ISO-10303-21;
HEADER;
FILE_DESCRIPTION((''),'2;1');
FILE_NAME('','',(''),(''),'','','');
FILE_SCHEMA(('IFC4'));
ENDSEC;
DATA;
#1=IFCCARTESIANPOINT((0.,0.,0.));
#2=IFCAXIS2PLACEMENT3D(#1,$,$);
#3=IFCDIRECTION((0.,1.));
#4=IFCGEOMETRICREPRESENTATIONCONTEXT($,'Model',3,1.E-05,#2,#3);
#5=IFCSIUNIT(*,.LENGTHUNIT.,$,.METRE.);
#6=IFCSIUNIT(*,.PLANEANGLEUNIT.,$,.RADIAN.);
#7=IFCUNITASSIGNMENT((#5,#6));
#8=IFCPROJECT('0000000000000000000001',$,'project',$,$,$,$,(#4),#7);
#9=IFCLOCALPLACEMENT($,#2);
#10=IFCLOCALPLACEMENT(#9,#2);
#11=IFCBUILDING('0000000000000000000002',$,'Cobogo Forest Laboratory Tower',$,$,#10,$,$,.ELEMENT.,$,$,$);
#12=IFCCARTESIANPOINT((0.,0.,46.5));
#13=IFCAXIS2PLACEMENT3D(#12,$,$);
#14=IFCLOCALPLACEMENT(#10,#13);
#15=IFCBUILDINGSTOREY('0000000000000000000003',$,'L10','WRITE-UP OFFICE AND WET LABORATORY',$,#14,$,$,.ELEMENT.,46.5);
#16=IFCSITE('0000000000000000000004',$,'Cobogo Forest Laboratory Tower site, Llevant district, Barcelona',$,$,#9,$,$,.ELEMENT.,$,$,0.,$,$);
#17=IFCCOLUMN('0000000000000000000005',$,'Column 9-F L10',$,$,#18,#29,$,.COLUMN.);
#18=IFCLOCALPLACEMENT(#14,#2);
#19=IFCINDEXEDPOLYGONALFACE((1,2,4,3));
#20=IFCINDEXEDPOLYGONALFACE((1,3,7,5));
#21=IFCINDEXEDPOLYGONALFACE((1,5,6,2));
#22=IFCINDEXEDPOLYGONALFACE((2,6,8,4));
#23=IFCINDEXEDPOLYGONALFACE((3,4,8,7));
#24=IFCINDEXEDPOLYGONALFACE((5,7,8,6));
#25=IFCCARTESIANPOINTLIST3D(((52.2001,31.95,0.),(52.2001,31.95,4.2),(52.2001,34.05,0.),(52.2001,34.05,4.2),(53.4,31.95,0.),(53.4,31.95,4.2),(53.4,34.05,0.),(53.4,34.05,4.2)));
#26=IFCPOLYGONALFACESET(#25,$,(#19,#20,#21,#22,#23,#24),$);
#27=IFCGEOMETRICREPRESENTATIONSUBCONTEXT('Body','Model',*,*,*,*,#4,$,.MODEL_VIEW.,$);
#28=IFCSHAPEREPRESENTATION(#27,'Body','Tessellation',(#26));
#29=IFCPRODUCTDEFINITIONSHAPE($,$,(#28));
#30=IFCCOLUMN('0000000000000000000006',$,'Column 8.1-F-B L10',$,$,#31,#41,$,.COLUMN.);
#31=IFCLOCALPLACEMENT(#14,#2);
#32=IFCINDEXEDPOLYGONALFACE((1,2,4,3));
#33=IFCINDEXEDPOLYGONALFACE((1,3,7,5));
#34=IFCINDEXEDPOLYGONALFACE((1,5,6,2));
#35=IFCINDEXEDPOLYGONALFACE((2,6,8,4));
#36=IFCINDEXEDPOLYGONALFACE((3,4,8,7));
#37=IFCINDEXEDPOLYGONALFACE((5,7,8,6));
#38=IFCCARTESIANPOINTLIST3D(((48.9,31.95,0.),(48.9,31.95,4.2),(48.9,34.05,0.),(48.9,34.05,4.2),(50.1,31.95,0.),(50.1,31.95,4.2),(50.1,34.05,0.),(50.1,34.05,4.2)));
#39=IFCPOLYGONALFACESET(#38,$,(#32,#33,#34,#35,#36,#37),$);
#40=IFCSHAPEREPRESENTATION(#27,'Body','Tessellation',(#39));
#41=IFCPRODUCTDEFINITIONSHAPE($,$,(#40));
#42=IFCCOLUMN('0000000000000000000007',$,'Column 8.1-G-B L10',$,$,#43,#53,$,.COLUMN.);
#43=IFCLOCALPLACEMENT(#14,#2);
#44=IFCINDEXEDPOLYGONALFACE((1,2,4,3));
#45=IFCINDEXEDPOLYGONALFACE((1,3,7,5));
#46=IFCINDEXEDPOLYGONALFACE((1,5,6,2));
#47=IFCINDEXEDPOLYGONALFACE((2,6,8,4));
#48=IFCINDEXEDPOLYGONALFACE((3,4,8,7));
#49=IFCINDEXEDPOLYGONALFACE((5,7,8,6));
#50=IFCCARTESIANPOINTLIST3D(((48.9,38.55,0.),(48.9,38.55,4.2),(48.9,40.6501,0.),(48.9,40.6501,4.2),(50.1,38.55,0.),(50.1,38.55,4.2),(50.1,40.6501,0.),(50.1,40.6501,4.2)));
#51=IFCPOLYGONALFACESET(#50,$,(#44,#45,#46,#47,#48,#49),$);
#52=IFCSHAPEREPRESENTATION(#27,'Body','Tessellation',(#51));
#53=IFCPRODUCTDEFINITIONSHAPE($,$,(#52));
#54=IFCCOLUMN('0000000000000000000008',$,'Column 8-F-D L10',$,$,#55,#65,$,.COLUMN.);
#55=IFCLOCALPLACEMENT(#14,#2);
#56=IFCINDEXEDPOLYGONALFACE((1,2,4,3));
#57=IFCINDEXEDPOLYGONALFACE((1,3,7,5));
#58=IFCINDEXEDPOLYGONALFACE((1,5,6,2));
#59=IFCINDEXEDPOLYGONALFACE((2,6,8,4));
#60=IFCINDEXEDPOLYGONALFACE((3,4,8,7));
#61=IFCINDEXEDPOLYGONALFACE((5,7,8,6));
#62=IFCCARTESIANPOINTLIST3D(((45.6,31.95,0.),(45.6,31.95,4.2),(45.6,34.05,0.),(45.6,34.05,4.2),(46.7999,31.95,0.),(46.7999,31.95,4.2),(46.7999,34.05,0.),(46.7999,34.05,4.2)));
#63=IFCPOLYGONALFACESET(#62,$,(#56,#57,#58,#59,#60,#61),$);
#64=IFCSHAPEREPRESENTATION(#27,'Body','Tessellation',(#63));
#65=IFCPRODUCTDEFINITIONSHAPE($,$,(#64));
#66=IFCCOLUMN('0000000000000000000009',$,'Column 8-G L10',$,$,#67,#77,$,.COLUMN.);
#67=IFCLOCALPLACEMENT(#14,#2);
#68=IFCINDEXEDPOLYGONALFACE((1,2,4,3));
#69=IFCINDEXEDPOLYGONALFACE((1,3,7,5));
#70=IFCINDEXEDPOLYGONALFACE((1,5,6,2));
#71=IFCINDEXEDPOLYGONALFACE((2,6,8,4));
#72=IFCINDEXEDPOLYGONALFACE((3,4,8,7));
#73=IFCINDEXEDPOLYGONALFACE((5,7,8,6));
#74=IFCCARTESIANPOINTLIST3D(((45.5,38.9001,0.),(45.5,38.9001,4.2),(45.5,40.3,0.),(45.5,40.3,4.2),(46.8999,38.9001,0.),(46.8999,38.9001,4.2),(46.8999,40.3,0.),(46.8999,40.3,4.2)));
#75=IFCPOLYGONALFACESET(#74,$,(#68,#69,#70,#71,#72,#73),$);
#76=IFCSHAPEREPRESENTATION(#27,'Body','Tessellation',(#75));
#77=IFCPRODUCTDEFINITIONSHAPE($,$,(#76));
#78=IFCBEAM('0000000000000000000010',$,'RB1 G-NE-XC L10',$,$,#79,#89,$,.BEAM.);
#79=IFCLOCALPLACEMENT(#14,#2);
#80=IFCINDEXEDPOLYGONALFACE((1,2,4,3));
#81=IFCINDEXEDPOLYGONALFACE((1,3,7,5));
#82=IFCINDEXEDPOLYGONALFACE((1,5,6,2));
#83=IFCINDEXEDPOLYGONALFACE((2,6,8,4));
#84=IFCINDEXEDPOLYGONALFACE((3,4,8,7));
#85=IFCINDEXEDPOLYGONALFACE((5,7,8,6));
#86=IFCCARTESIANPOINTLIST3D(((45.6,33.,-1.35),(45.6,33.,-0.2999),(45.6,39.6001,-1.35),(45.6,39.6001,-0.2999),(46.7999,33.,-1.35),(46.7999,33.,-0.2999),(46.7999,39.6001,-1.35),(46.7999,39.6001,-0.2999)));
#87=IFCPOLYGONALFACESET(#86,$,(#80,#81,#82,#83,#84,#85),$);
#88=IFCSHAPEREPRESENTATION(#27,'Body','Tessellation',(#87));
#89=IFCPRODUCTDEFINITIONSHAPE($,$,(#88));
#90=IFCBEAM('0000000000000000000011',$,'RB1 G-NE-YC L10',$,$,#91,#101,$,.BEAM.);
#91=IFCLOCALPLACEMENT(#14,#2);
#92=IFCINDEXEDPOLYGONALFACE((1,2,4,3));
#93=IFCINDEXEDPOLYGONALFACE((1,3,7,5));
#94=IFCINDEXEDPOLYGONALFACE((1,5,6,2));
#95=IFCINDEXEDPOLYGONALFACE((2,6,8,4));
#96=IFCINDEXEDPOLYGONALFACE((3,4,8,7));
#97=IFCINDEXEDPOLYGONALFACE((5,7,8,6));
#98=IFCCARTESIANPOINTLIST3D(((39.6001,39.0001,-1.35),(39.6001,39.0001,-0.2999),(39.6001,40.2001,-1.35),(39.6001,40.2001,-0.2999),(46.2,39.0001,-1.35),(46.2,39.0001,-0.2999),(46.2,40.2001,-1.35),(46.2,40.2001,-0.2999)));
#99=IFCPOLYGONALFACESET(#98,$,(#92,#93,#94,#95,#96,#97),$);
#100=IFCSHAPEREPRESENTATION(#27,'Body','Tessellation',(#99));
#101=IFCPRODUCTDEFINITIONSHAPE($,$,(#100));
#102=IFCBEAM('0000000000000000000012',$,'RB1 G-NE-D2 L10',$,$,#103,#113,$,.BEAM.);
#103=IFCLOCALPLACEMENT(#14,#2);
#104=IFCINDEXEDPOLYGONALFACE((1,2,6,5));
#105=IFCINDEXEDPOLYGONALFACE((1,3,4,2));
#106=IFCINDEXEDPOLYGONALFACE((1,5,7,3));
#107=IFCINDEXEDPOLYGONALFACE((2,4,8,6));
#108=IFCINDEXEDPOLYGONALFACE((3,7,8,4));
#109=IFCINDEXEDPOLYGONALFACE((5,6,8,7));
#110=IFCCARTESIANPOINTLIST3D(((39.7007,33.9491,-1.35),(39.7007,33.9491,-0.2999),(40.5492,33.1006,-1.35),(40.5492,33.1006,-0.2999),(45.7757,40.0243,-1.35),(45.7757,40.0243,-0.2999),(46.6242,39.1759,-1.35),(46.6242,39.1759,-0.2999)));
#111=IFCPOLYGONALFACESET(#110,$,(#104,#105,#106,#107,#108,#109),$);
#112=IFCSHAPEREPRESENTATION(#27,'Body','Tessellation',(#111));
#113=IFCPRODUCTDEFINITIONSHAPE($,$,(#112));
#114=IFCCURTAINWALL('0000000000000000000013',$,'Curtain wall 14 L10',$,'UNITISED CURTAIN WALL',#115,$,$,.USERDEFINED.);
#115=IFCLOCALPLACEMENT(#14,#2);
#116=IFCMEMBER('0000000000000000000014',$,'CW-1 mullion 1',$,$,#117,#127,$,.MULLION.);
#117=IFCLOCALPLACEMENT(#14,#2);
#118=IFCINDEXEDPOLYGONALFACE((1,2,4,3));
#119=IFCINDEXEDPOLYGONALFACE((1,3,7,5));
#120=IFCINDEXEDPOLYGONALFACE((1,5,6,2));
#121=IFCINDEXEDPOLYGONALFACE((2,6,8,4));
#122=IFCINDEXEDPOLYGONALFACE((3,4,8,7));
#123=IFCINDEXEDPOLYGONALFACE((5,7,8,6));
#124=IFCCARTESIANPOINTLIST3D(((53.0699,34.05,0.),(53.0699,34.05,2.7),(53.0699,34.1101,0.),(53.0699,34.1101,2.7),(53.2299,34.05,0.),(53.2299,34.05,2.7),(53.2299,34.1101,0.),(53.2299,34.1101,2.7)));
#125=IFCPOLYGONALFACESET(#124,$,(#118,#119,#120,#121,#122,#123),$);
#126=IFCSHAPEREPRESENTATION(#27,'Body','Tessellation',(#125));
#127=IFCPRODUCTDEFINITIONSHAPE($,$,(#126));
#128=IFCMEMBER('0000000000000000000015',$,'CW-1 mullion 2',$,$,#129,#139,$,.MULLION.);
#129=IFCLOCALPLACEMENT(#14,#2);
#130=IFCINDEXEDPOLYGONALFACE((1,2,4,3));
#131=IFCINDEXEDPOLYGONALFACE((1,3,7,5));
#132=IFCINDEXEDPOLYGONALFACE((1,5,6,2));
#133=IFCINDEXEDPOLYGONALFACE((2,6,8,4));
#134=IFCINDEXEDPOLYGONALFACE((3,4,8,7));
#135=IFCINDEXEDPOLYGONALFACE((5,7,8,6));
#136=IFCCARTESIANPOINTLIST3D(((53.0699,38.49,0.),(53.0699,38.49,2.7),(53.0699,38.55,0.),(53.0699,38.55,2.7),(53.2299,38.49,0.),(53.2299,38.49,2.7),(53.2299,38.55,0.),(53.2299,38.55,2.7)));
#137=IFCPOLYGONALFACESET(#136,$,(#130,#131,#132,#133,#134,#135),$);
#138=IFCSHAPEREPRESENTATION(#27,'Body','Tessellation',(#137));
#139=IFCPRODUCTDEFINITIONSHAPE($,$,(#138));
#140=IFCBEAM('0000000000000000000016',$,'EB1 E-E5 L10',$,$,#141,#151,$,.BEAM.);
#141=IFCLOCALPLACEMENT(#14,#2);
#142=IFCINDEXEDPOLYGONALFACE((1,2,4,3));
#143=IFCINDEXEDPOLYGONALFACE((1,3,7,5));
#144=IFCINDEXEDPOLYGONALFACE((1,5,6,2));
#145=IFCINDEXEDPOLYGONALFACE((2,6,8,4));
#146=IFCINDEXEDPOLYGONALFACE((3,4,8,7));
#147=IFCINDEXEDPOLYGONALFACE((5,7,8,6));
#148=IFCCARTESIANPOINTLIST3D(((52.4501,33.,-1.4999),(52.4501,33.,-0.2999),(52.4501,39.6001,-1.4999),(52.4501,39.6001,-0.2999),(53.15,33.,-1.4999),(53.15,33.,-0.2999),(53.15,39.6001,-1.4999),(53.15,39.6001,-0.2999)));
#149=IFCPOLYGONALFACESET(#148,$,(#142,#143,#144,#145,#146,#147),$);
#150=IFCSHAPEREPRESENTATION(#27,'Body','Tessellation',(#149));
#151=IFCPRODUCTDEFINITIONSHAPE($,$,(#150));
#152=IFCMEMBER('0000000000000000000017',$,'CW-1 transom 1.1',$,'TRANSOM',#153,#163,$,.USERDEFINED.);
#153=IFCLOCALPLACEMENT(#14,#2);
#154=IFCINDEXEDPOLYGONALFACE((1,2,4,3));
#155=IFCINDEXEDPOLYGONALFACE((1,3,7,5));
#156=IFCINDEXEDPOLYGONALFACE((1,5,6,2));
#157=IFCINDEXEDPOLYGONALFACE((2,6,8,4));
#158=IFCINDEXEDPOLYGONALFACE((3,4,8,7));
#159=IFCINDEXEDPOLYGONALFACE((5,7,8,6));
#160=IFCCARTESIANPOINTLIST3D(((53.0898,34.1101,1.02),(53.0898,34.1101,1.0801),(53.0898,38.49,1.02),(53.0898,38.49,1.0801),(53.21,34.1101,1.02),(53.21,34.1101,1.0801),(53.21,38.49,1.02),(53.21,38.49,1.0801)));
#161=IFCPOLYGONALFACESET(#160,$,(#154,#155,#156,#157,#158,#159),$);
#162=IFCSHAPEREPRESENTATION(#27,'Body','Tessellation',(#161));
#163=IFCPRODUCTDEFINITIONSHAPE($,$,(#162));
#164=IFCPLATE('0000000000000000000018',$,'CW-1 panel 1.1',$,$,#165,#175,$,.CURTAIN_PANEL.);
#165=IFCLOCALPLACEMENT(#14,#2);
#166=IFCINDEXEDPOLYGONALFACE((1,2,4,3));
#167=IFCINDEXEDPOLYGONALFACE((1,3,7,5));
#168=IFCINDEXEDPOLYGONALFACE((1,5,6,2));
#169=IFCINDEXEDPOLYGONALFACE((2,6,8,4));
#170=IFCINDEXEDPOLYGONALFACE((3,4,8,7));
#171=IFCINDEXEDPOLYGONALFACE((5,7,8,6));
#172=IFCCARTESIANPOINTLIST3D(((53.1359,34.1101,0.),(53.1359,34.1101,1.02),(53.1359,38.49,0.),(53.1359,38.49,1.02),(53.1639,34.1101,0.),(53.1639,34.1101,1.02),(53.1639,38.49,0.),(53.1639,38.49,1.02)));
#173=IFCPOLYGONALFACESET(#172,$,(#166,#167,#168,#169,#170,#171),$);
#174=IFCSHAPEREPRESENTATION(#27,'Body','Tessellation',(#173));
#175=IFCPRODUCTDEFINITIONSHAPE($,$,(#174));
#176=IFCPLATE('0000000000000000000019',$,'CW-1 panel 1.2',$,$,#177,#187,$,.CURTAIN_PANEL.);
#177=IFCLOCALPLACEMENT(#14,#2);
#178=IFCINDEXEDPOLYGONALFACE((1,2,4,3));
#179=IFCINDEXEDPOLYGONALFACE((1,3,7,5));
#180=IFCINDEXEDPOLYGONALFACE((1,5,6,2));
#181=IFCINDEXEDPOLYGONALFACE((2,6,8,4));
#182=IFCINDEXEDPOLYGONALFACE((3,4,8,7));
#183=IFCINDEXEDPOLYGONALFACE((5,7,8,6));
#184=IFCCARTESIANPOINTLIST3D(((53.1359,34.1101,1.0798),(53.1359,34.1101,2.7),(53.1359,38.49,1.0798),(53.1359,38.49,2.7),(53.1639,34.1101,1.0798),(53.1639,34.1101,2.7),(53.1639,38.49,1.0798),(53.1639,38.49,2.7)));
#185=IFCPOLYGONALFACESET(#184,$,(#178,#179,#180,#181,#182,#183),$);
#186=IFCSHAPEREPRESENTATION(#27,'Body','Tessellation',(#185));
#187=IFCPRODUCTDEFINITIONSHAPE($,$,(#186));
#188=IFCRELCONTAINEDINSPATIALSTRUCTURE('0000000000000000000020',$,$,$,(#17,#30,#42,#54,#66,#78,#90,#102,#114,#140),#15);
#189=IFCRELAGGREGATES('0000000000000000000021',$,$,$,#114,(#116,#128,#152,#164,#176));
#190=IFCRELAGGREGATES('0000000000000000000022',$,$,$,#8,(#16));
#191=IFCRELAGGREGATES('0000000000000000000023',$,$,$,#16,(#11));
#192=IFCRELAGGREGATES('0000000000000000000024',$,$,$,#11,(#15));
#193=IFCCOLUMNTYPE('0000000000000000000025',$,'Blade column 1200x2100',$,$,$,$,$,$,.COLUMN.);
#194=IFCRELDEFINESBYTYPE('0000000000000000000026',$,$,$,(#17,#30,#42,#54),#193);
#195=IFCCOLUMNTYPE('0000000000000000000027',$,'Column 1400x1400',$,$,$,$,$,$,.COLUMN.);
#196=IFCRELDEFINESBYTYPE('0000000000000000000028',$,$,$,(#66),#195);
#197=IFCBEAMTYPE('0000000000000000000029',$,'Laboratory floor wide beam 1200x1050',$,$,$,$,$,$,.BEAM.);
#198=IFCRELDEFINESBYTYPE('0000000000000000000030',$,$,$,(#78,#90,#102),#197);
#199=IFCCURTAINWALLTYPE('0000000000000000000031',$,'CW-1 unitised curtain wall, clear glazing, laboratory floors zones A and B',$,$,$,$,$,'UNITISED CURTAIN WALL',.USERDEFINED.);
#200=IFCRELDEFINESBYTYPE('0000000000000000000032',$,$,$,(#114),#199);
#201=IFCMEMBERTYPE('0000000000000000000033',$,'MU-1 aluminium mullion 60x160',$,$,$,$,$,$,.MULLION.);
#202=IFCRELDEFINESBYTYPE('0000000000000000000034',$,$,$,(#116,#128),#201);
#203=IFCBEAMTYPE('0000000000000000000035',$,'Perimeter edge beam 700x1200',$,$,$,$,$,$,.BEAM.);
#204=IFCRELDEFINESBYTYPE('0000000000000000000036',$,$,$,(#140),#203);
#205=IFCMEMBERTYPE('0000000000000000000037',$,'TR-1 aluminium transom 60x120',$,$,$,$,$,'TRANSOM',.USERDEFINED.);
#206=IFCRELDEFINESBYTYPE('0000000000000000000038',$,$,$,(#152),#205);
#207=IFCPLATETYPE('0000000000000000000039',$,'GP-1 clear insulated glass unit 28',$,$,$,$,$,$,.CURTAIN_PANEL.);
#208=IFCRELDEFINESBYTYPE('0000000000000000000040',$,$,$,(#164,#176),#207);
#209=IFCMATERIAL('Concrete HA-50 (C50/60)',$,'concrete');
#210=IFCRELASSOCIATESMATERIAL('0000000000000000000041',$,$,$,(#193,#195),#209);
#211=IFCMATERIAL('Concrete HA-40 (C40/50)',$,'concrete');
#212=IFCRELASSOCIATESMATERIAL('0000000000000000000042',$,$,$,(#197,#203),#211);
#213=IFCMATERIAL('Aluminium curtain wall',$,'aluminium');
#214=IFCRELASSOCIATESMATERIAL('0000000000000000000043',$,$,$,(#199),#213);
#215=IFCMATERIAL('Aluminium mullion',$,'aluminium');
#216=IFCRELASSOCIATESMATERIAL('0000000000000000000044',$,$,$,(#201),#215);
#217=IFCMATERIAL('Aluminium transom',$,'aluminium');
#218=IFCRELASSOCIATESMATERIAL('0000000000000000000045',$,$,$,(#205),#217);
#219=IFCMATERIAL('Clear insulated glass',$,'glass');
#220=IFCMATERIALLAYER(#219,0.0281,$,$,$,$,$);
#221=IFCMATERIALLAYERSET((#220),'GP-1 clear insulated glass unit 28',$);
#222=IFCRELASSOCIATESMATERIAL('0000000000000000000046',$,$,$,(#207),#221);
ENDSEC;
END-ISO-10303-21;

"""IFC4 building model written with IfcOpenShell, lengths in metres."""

from ifc_helpers import new_model, si_unit, direction, frame, origin, origin_2d, place, context, subcontext, project, spatial, rectangle, extrude, material, layer, layer_set, material_profile, profile_set, type_object, element, aggregate, save


model = new_model("IFC4")

# Units and contexts
model_context = context("Model", 3, precision=1e-05, world=origin(), true_north=direction((0.0, 1.0)))
body_context = subcontext(model_context, "Body", "Model", "MODEL_VIEW")
ifc_project = project(units=[si_unit("LENGTHUNIT", "METRE"), si_unit("PLANEANGLEUNIT", "RADIAN")], contexts=[model_context])

# Site, building, storey
site_placement = place(None, origin())
site = spatial("IfcSite", under=ifc_project, at=site_placement, Name="Cobogo Forest Laboratory Tower site, Llevant district, Barcelona", CompositionType="ELEMENT", RefElevation=0.0)
building_placement = place(site_placement, origin())
building = spatial("IfcBuilding", under=site, at=building_placement, Name="Cobogo Forest Laboratory Tower", CompositionType="ELEMENT")
storey_placement = place(building_placement, frame((0.0, 0.0, 46.5)))
storey = spatial("IfcBuildingStorey", under=building, at=storey_placement, Name="L10", Description="WRITE-UP OFFICE AND WET LABORATORY", CompositionType="ELEMENT", Elevation=46.5)

# Columns
ifc_material_1 = material(Name="Concrete HA-50 (C50/60)", Category="concrete")
ifc_material_profile_1 = material_profile(ifc_material_1, rectangle(XDim=2.1001, YDim=1.2, at=origin_2d()), Name="RC 1200x2100")
ifc_profile_set_1 = profile_set([ifc_material_profile_1], Name="Concrete HA-50 (C50/60)")
column_type_1 = type_object("IfcColumnType", Name="Blade column 1200x2100", PredefinedType="COLUMN", material=ifc_profile_set_1)
for number, where, z_axis, x_axis, name in (
    (1, (52.8, 33.0, 0.0), (0.0, 0.0, 1.0), (0.0, 1.0, 0.0), "Column 9-F L10"),
    (2, (49.5, 33.0, 0.0), (0.0, 0.0, 1.0), (0.0, 1.0, 0.0), "Column 8.1-F-B L10"),
    (3, (49.5, 39.6001, 0.0), (0.0, 0.0, 1.0), (0.0, 1.0, 0.0), "Column 8.1-G-B L10"),
    (4, (46.2, 33.0, 0.0), (0.0, 0.0, 1.0), (0.0, 1.0, 0.0), "Column 8-F-D L10"),
):
    element("IfcColumn", number, at=place(storey_placement, frame(where, z_axis=z_axis, x_axis=x_axis)), inside=storey, type_object=column_type_1, Name=name, PredefinedType="COLUMN", context=body_context, shape_type="SweptSolid", body=[
        extrude(rectangle(XDim=2.1001, YDim=1.2, at=origin_2d()), origin(), (0.0, 0.0, 1.0), 4.2),
    ])
ifc_material_profile_2 = material_profile(ifc_material_1, rectangle(XDim=1.3999, YDim=1.3999, at=origin_2d()), Name="RC 1400x1400")
ifc_profile_set_2 = profile_set([ifc_material_profile_2], Name="Concrete HA-50 (C50/60)")
column_type_2 = type_object("IfcColumnType", Name="Column 1400x1400", PredefinedType="COLUMN", material=ifc_profile_set_2)
column_placement = place(storey_placement, frame((46.2, 39.6001, 0.0), z_axis=(0.0, 0.0, 1.0), x_axis=(1.0, 0.0, 0.0)))
element("IfcColumn", 5, at=column_placement, inside=storey, type_object=column_type_2, Name="Column 8-G L10", PredefinedType="COLUMN", context=body_context, shape_type="SweptSolid", body=[
    extrude(rectangle(XDim=1.3999, YDim=1.3999, at=origin_2d()), origin(), (0.0, 0.0, 1.0), 4.2),
])

# Beams
ifc_material_2 = material(Name="Concrete HA-40 (C40/50)", Category="concrete")
ifc_material_profile_3 = material_profile(ifc_material_2, rectangle(XDim=1.2, YDim=1.05, at=origin_2d()), Name="RC 1200x1050")
ifc_profile_set_3 = profile_set([ifc_material_profile_3], Name="Concrete HA-40 (C40/50)")
beam_type_1 = type_object("IfcBeamType", Name="Laboratory floor wide beam 1200x1050", PredefinedType="BEAM", material=ifc_profile_set_3)
beam_1_placement = place(storey_placement, frame((46.2, 39.6001, -0.825), z_axis=(0.0, -1.0, 0.0), x_axis=(1.0, 0.0, 0.0)))
element("IfcBeam", 6, at=beam_1_placement, inside=storey, type_object=beam_type_1, Name="RB1 G-NE-XC L10", PredefinedType="BEAM", context=body_context, shape_type="SweptSolid", body=[
    extrude(rectangle(XDim=1.2, YDim=1.05, at=origin_2d()), origin(), (0.0, 0.0, 1.0), 6.6001),
])
beam_2_placement = place(storey_placement, frame((46.2, 39.6001, -0.825), z_axis=(-1.0, 0.0, 0.0), x_axis=(0.0, -1.0, 0.0)))
element("IfcBeam", 7, at=beam_2_placement, inside=storey, type_object=beam_type_1, Name="RB1 G-NE-YC L10", PredefinedType="BEAM", context=body_context, shape_type="SweptSolid", body=[
    extrude(rectangle(XDim=1.2, YDim=1.05, at=origin_2d()), origin(), (0.0, 0.0, 1.0), 6.5999),
])
beam_3_placement = place(storey_placement, frame((46.2, 39.6001, -0.825), z_axis=(-0.707093, -0.707121, 0.0), x_axis=(0.707121, -0.707093, 0.0)))
element("IfcBeam", 8, at=beam_3_placement, inside=storey, type_object=beam_type_1, Name="RB1 G-NE-D2 L10", PredefinedType="BEAM", context=body_context, shape_type="SweptSolid", body=[
    extrude(rectangle(XDim=1.2, YDim=1.05, at=origin_2d()), origin(), (0.0, 0.0, 1.0), 8.5916),
])

# Curtain wall, members
ifc_material_3 = material(Name="Aluminium curtain wall", Category="aluminium")
curtain_wall_type = type_object("IfcCurtainWallType", Name="CW-1 unitised curtain wall, clear glazing, laboratory floors zones A and B", ElementType="UNITISED CURTAIN WALL", PredefinedType="USERDEFINED", material=ifc_material_3)
curtain_wall_placement = place(storey_placement, origin())
curtain_wall = element("IfcCurtainWall", 9, at=curtain_wall_placement, inside=storey, type_object=curtain_wall_type, Name="Curtain wall 14 L10", ObjectType="UNITISED CURTAIN WALL", PredefinedType="USERDEFINED")
ifc_material_4 = material(Name="Aluminium mullion", Category="aluminium")
ifc_material_profile_4 = material_profile(ifc_material_4, rectangle(XDim=0.0601, YDim=0.1599, at=origin_2d()), Name="AL 60x160")
ifc_profile_set_4 = profile_set([ifc_material_profile_4], Name="Aluminium mullion")
member_type_1 = type_object("IfcMemberType", Name="MU-1 aluminium mullion 60x160", PredefinedType="MULLION", material=ifc_profile_set_4)
member_1_placement = place(storey_placement, frame((53.1499, 34.0801, 0.0), z_axis=(0.0, 0.0, 1.0), x_axis=(0.0, 1.0, 0.0)))
member_1 = element("IfcMember", 10, at=member_1_placement, type_object=member_type_1, Name="CW-1 mullion 1", PredefinedType="MULLION", context=body_context, shape_type="SweptSolid", body=[
    extrude(rectangle(XDim=0.0601, YDim=0.1599, at=origin_2d()), origin(), (0.0, 0.0, 1.0), 2.7),
])
member_2_placement = place(storey_placement, frame((53.1499, 38.52, 0.0), z_axis=(0.0, 0.0, 1.0), x_axis=(0.0, 1.0, 0.0)))
member_2 = element("IfcMember", 11, at=member_2_placement, type_object=member_type_1, Name="CW-1 mullion 2", PredefinedType="MULLION", context=body_context, shape_type="SweptSolid", body=[
    extrude(rectangle(XDim=0.0601, YDim=0.1599, at=origin_2d()), origin(), (0.0, 0.0, 1.0), 2.7),
])

# Beam
ifc_material_profile_5 = material_profile(ifc_material_2, rectangle(XDim=0.7, YDim=1.2, at=origin_2d()), Name="RC 700x1200")
ifc_profile_set_5 = profile_set([ifc_material_profile_5], Name="Concrete HA-40 (C40/50)")
beam_type_2 = type_object("IfcBeamType", Name="Perimeter edge beam 700x1200", PredefinedType="BEAM", material=ifc_profile_set_5)
beam_4_placement = place(storey_placement, frame((52.8, 33.0, -0.8999), z_axis=(0.0, 1.0, 0.0), x_axis=(-1.0, 0.0, 0.0)))
element("IfcBeam", 12, at=beam_4_placement, inside=storey, type_object=beam_type_2, Name="EB1 E-E5 L10", PredefinedType="BEAM", context=body_context, shape_type="SweptSolid", body=[
    extrude(rectangle(XDim=0.7, YDim=1.2, at=origin_2d()), origin(), (0.0, 0.0, 1.0), 6.6001),
])

# Member
ifc_material_5 = material(Name="Aluminium transom", Category="aluminium")
ifc_material_profile_6 = material_profile(ifc_material_5, rectangle(XDim=0.1201, YDim=0.0601, at=origin_2d()), Name="AL 60x120")
ifc_profile_set_6 = profile_set([ifc_material_profile_6], Name="Aluminium transom")
member_type_2 = type_object("IfcMemberType", Name="TR-1 aluminium transom 60x120", ElementType="TRANSOM", PredefinedType="USERDEFINED", material=ifc_profile_set_6)
member_3_placement = place(storey_placement, frame((53.1499, 34.1101, 1.05), z_axis=(0.0, 1.0, 0.0), x_axis=(-1.0, 0.0, 0.0)))
member_3 = element("IfcMember", 13, at=member_3_placement, type_object=member_type_2, Name="CW-1 transom 1.1", ObjectType="TRANSOM", PredefinedType="USERDEFINED", context=body_context, shape_type="SweptSolid", body=[
    extrude(rectangle(XDim=0.1201, YDim=0.0601, at=origin_2d()), origin(), (0.0, 0.0, 1.0), 4.3799),
])

# Plates
ifc_material_6 = material(Name="Clear insulated glass", Category="glass")
ifc_layer_1 = layer(ifc_material_6, 0.0281)
ifc_layer_set_1 = layer_set([ifc_layer_1], Name="GP-1 clear insulated glass unit 28")
plate_type_1 = type_object("IfcPlateType", Name="GP-1 clear insulated glass unit 28", PredefinedType="CURTAIN_PANEL", material=ifc_layer_set_1)
plate_1_placement = place(storey_placement, frame((53.1499, 36.3, 0.0), z_axis=(0.0, 0.0, 1.0), x_axis=(0.0, 1.0, 0.0)))
plate_1 = element("IfcPlate", 14, at=plate_1_placement, type_object=plate_type_1, Name="CW-1 panel 1.1", PredefinedType="CURTAIN_PANEL", context=body_context, shape_type="SweptSolid", body=[
    extrude(rectangle(XDim=4.3799, YDim=0.0281, at=origin_2d()), origin(), (0.0, 0.0, 1.0), 1.02),
])
plate_2_placement = place(storey_placement, frame((53.1499, 36.3, 1.0798), z_axis=(0.0, 0.0, 1.0), x_axis=(0.0, 1.0, 0.0)))
plate_2 = element("IfcPlate", 15, at=plate_2_placement, type_object=plate_type_1, Name="CW-1 panel 1.2", PredefinedType="CURTAIN_PANEL", context=body_context, shape_type="SweptSolid", body=[
    extrude(rectangle(XDim=4.3799, YDim=0.0281, at=origin_2d()), origin(), (0.0, 0.0, 1.0), 1.6201),
])
aggregate(curtain_wall, [member_1, member_2, member_3, plate_1, plate_2])

save(model, "model.ifc")
